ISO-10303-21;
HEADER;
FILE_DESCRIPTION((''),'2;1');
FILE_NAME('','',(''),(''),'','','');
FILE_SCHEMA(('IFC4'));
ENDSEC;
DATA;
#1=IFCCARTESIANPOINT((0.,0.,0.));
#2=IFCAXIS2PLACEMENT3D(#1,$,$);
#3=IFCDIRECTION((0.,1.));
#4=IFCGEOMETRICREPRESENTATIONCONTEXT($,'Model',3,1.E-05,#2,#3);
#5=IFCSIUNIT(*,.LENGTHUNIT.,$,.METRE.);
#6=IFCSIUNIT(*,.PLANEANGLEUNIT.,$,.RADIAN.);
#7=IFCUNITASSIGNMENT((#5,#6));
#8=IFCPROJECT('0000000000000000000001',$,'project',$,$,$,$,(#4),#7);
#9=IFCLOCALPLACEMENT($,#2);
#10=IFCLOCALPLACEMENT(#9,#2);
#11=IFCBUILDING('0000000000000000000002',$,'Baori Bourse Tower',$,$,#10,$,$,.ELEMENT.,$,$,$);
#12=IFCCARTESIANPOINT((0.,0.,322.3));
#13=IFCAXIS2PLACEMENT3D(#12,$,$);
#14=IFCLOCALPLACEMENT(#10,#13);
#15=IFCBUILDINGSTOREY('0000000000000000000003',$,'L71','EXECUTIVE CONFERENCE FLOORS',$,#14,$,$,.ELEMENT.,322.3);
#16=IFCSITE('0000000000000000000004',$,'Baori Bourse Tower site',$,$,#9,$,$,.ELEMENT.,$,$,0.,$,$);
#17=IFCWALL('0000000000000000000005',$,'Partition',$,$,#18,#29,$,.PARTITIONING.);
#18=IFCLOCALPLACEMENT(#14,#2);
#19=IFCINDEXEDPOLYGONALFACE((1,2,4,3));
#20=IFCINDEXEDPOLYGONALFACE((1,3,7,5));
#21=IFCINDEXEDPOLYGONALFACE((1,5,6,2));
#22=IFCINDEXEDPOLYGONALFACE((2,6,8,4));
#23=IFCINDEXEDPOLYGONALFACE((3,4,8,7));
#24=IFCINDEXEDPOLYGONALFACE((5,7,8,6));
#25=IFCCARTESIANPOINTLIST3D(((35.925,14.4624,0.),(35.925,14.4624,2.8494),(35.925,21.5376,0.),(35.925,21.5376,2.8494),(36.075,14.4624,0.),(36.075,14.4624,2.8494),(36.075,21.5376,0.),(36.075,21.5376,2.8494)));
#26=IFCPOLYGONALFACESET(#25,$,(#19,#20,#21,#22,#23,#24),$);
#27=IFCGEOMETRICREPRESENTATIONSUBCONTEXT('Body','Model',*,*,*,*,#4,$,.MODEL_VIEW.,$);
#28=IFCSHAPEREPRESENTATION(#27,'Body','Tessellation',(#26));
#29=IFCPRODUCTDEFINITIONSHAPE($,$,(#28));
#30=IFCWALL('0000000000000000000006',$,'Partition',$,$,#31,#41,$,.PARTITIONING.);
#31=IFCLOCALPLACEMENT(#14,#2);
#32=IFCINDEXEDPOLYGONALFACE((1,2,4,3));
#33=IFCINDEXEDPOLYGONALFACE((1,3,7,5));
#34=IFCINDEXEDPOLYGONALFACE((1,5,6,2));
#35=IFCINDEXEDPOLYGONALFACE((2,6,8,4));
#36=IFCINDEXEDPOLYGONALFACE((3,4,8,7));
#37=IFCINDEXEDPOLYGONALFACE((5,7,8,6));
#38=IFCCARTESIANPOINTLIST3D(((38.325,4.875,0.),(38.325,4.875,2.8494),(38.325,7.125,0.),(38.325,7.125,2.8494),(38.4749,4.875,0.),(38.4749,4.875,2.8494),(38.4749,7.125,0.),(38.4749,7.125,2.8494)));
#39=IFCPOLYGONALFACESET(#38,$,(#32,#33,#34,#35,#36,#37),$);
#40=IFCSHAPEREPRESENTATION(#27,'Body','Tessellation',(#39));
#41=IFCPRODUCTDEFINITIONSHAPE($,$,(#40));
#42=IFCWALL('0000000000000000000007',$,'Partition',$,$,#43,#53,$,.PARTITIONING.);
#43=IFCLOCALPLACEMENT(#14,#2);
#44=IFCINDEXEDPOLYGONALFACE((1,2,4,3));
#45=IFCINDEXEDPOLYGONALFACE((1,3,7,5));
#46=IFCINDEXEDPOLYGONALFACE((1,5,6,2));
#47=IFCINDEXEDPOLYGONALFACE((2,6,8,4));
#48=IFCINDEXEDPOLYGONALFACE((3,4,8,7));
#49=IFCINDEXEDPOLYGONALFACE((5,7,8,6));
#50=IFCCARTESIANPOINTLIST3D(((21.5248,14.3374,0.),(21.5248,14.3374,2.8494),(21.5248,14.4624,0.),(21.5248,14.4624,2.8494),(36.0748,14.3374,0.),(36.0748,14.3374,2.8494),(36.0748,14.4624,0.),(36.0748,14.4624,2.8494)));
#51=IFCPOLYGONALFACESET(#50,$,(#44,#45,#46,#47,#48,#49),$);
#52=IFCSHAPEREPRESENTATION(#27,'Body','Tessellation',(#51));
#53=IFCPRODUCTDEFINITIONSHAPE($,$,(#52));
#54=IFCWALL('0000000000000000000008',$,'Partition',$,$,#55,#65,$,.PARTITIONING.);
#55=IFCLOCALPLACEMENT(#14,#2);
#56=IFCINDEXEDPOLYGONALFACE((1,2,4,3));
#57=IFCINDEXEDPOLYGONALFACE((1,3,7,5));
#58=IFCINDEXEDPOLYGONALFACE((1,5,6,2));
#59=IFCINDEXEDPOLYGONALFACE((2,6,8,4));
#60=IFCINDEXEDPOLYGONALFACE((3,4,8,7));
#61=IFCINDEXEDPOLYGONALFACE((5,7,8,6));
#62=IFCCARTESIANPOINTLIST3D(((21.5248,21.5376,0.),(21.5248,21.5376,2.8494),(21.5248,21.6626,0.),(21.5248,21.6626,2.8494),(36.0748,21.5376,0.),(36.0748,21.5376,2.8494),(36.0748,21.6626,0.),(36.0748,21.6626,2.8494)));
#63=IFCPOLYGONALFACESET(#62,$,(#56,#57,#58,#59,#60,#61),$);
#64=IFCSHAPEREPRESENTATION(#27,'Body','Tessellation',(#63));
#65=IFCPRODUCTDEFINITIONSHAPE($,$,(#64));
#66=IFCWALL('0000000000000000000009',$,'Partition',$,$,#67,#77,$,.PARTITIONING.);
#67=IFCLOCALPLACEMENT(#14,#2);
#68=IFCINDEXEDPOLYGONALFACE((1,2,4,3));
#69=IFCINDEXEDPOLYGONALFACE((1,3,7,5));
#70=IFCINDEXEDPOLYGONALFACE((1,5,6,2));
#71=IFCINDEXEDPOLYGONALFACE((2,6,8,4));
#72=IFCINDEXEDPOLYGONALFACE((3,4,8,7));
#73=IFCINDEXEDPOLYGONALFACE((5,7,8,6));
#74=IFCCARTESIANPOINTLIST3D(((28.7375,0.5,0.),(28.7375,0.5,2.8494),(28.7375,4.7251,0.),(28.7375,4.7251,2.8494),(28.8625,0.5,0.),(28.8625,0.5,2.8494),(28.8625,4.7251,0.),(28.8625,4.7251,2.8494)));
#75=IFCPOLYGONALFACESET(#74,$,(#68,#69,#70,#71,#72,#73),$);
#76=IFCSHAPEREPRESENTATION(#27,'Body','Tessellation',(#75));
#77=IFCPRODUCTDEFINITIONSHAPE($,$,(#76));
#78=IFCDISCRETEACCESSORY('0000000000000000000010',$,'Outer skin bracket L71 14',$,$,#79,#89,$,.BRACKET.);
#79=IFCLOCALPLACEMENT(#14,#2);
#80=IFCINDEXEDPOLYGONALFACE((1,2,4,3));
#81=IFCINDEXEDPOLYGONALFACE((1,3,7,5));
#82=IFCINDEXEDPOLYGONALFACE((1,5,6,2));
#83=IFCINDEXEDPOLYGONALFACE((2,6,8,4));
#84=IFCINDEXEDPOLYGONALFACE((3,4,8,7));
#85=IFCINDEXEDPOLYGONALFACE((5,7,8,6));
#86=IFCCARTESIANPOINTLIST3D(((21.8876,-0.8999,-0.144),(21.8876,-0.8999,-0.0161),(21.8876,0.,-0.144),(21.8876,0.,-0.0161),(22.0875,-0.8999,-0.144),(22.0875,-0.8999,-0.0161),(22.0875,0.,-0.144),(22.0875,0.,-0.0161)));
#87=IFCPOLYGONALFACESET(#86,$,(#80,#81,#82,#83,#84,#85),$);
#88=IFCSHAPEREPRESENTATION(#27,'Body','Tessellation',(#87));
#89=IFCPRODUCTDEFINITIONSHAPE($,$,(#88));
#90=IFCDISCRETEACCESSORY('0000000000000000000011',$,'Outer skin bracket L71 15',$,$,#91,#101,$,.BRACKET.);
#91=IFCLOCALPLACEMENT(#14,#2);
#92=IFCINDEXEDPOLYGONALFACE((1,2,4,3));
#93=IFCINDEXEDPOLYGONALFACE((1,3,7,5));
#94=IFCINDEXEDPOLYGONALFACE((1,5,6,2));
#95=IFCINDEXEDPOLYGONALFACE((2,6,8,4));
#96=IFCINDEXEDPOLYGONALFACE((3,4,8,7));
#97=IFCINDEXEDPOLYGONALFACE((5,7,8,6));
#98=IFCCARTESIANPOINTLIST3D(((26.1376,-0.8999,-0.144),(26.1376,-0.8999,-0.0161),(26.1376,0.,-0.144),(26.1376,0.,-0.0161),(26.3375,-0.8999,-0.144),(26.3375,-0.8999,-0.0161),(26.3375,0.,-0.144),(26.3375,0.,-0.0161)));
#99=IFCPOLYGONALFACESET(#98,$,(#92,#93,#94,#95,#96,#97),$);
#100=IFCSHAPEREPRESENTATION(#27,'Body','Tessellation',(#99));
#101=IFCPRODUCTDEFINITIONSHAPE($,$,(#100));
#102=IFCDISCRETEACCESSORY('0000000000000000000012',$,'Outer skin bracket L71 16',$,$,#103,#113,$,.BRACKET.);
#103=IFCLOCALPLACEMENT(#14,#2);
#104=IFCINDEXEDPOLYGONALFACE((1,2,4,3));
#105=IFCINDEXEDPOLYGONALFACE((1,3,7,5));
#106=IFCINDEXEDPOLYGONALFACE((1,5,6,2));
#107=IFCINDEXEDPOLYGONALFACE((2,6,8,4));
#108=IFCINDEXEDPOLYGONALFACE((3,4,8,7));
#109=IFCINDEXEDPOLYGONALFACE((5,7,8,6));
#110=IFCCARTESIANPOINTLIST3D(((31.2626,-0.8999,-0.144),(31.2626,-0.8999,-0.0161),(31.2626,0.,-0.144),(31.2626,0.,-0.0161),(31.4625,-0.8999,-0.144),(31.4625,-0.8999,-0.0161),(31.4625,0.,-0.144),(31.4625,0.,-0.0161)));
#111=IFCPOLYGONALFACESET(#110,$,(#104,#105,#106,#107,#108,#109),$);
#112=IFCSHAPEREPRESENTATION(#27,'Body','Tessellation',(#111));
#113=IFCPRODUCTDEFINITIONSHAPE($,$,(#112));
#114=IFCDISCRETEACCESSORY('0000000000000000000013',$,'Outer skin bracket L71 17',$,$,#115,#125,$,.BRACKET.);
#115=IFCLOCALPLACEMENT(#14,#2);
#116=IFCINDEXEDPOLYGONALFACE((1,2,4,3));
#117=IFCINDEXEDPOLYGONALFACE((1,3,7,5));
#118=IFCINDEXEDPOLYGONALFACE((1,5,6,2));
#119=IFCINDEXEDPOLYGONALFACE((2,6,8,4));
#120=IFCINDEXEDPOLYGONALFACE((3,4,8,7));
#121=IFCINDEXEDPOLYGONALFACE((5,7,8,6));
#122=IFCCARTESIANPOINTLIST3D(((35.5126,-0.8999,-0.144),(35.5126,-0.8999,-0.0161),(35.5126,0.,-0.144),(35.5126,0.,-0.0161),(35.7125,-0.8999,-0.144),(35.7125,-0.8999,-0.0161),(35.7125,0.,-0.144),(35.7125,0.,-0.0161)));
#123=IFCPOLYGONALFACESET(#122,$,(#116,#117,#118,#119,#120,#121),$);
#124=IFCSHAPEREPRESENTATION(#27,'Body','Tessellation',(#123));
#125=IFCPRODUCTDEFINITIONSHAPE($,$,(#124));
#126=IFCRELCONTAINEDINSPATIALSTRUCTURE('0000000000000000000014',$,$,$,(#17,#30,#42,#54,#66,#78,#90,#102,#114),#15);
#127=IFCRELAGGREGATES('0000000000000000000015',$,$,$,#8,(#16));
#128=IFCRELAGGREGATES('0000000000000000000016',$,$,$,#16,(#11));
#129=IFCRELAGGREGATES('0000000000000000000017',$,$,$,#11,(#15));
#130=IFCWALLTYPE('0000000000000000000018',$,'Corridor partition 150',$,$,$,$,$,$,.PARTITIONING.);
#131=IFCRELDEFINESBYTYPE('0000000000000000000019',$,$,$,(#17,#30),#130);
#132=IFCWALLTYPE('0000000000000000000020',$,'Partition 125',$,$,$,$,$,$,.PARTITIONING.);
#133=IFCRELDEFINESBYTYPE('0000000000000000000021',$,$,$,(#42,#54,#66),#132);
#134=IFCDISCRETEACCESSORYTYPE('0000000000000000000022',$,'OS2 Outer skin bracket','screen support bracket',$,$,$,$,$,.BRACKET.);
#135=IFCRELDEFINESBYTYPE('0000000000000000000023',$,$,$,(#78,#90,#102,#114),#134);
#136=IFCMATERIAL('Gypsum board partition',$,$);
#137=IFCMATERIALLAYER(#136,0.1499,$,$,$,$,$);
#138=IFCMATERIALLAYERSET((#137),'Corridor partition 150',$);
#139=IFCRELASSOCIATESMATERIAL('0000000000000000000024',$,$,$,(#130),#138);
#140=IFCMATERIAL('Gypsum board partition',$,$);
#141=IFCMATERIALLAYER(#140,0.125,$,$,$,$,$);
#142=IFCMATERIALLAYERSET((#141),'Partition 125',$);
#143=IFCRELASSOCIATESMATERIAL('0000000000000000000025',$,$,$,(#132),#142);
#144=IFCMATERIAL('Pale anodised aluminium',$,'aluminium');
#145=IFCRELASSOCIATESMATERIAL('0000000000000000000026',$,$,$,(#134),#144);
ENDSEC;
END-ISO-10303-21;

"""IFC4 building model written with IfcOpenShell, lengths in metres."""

from ifc_helpers import new_model, si_unit, direction, frame, frame_2d, origin, origin_2d, place, context, subcontext, project, spatial, rectangle, extrude, material, layer, layer_set, type_object, element, save


model = new_model("IFC4")

# Units and contexts
model_context = context("Model", 3, precision=1e-05, world=origin(), true_north=direction((0.0, 1.0)))
body_context = subcontext(model_context, "Body", "Model", "MODEL_VIEW")
ifc_project = project(units=[si_unit("LENGTHUNIT", "METRE"), si_unit("PLANEANGLEUNIT", "RADIAN")], contexts=[model_context])

# Site, building, storey
site_placement = place(None, origin())
site = spatial("IfcSite", under=ifc_project, at=site_placement, Name="Baori Bourse Tower site", CompositionType="ELEMENT", RefElevation=0.0)
building_placement = place(site_placement, origin())
building = spatial("IfcBuilding", under=site, at=building_placement, Name="Baori Bourse Tower", CompositionType="ELEMENT")
storey_placement = place(building_placement, frame((0.0, 0.0, 322.3)))
storey = spatial("IfcBuildingStorey", under=building, at=storey_placement, Name="L71", Description="EXECUTIVE CONFERENCE FLOORS", CompositionType="ELEMENT", Elevation=322.3)

# Shared definitions
ifc_material_1 = material(Name="Gypsum board partition")
ifc_layer_1 = layer(ifc_material_1, 0.1499)
ifc_layer_set_1 = layer_set([ifc_layer_1], Name="Corridor partition 150")
wall_type_1 = type_object("IfcWallType", Name="Corridor partition 150", PredefinedType="PARTITIONING", material=ifc_layer_set_1)

# Walls
wall_1_placement = place(storey_placement, frame((36.0, 14.4624, 0.0), z_axis=(0.0, 0.0, 1.0), x_axis=(0.0, 1.0, 0.0)))
element("IfcWall", 1, at=wall_1_placement, inside=storey, type_object=wall_type_1, Name="Partition", PredefinedType="PARTITIONING", context=body_context, shape_type="SweptSolid", body=[
    extrude(rectangle(XDim=7.0752, YDim=0.1499, at=frame_2d((3.5376, 0.0))), origin(), (0.0, 0.0, 1.0), 2.8494),
])
wall_2_placement = place(storey_placement, frame((38.3999, 4.875, 0.0), z_axis=(0.0, 0.0, 1.0), x_axis=(0.0, 1.0, 0.0)))
element("IfcWall", 2, at=wall_2_placement, inside=storey, type_object=wall_type_1, Name="Partition", PredefinedType="PARTITIONING", context=body_context, shape_type="SweptSolid", body=[
    extrude(rectangle(XDim=2.25, YDim=0.1499, at=frame_2d((1.125, 0.0))), origin(), (0.0, 0.0, 1.0), 2.8494),
])
ifc_material_2 = material(Name="Gypsum board partition")
ifc_layer_2 = layer(ifc_material_2, 0.125)
ifc_layer_set_2 = layer_set([ifc_layer_2], Name="Partition 125")
wall_type_2 = type_object("IfcWallType", Name="Partition 125", PredefinedType="PARTITIONING", material=ifc_layer_set_2)
for number, where, z_axis, x_axis, name in (
    (3, (21.5249, 14.3999, 0.0), (0.0, 0.0, 1.0), (1.0, 0.0, 0.0), "Partition"),
    (4, (21.5249, 21.6001, 0.0), (0.0, 0.0, 1.0), (1.0, 0.0, 0.0), "Partition"),
):
    element("IfcWall", number, at=place(storey_placement, frame(where, z_axis=z_axis, x_axis=x_axis)), inside=storey, type_object=wall_type_2, Name=name, PredefinedType="PARTITIONING", context=body_context, shape_type="SweptSolid", body=[
        extrude(rectangle(XDim=14.55, YDim=0.125, at=frame_2d((7.2749, 0.0))), origin(), (0.0, 0.0, 1.0), 2.8494),
    ])
wall_3_placement = place(storey_placement, frame((28.8, 0.5, 0.0), z_axis=(0.0, 0.0, 1.0), x_axis=(0.0, 1.0, 0.0)))
element("IfcWall", 5, at=wall_3_placement, inside=storey, type_object=wall_type_2, Name="Partition", PredefinedType="PARTITIONING", context=body_context, shape_type="SweptSolid", body=[
    extrude(rectangle(XDim=4.2251, YDim=0.125, at=frame_2d((2.1125, 0.0))), origin(), (0.0, 0.0, 1.0), 2.8494),
])

# Discrete accessories
ifc_material_3 = material(Name="Pale anodised aluminium", Category="aluminium")
discrete_accessory_type = type_object("IfcDiscreteAccessoryType", Name="OS2 Outer skin bracket", Description="screen support bracket", PredefinedType="BRACKET", material=ifc_material_3)
for number, where, z_axis, x_axis, name in (
    (6, (21.9875, -0.45, -0.144), (0.0, 0.0, 1.0), (1.0, 0.0, 0.0), "Outer skin bracket L71 14"),
    (7, (26.2375, -0.45, -0.144), (0.0, 0.0, 1.0), (1.0, 0.0, 0.0), "Outer skin bracket L71 15"),
    (8, (31.3625, -0.45, -0.144), (0.0, 0.0, 1.0), (1.0, 0.0, 0.0), "Outer skin bracket L71 16"),
    (9, (35.6125, -0.45, -0.144), (0.0, 0.0, 1.0), (1.0, 0.0, 0.0), "Outer skin bracket L71 17"),
):
    element("IfcDiscreteAccessory", number, at=place(storey_placement, frame(where, z_axis=z_axis, x_axis=x_axis)), inside=storey, type_object=discrete_accessory_type, Name=name, PredefinedType="BRACKET", context=body_context, shape_type="SweptSolid", body=[
        extrude(rectangle(XDim=0.2, YDim=0.8999, at=origin_2d()), origin(), (0.0, 0.0, 1.0), 0.1279),
    ])

save(model, "model.ifc")
